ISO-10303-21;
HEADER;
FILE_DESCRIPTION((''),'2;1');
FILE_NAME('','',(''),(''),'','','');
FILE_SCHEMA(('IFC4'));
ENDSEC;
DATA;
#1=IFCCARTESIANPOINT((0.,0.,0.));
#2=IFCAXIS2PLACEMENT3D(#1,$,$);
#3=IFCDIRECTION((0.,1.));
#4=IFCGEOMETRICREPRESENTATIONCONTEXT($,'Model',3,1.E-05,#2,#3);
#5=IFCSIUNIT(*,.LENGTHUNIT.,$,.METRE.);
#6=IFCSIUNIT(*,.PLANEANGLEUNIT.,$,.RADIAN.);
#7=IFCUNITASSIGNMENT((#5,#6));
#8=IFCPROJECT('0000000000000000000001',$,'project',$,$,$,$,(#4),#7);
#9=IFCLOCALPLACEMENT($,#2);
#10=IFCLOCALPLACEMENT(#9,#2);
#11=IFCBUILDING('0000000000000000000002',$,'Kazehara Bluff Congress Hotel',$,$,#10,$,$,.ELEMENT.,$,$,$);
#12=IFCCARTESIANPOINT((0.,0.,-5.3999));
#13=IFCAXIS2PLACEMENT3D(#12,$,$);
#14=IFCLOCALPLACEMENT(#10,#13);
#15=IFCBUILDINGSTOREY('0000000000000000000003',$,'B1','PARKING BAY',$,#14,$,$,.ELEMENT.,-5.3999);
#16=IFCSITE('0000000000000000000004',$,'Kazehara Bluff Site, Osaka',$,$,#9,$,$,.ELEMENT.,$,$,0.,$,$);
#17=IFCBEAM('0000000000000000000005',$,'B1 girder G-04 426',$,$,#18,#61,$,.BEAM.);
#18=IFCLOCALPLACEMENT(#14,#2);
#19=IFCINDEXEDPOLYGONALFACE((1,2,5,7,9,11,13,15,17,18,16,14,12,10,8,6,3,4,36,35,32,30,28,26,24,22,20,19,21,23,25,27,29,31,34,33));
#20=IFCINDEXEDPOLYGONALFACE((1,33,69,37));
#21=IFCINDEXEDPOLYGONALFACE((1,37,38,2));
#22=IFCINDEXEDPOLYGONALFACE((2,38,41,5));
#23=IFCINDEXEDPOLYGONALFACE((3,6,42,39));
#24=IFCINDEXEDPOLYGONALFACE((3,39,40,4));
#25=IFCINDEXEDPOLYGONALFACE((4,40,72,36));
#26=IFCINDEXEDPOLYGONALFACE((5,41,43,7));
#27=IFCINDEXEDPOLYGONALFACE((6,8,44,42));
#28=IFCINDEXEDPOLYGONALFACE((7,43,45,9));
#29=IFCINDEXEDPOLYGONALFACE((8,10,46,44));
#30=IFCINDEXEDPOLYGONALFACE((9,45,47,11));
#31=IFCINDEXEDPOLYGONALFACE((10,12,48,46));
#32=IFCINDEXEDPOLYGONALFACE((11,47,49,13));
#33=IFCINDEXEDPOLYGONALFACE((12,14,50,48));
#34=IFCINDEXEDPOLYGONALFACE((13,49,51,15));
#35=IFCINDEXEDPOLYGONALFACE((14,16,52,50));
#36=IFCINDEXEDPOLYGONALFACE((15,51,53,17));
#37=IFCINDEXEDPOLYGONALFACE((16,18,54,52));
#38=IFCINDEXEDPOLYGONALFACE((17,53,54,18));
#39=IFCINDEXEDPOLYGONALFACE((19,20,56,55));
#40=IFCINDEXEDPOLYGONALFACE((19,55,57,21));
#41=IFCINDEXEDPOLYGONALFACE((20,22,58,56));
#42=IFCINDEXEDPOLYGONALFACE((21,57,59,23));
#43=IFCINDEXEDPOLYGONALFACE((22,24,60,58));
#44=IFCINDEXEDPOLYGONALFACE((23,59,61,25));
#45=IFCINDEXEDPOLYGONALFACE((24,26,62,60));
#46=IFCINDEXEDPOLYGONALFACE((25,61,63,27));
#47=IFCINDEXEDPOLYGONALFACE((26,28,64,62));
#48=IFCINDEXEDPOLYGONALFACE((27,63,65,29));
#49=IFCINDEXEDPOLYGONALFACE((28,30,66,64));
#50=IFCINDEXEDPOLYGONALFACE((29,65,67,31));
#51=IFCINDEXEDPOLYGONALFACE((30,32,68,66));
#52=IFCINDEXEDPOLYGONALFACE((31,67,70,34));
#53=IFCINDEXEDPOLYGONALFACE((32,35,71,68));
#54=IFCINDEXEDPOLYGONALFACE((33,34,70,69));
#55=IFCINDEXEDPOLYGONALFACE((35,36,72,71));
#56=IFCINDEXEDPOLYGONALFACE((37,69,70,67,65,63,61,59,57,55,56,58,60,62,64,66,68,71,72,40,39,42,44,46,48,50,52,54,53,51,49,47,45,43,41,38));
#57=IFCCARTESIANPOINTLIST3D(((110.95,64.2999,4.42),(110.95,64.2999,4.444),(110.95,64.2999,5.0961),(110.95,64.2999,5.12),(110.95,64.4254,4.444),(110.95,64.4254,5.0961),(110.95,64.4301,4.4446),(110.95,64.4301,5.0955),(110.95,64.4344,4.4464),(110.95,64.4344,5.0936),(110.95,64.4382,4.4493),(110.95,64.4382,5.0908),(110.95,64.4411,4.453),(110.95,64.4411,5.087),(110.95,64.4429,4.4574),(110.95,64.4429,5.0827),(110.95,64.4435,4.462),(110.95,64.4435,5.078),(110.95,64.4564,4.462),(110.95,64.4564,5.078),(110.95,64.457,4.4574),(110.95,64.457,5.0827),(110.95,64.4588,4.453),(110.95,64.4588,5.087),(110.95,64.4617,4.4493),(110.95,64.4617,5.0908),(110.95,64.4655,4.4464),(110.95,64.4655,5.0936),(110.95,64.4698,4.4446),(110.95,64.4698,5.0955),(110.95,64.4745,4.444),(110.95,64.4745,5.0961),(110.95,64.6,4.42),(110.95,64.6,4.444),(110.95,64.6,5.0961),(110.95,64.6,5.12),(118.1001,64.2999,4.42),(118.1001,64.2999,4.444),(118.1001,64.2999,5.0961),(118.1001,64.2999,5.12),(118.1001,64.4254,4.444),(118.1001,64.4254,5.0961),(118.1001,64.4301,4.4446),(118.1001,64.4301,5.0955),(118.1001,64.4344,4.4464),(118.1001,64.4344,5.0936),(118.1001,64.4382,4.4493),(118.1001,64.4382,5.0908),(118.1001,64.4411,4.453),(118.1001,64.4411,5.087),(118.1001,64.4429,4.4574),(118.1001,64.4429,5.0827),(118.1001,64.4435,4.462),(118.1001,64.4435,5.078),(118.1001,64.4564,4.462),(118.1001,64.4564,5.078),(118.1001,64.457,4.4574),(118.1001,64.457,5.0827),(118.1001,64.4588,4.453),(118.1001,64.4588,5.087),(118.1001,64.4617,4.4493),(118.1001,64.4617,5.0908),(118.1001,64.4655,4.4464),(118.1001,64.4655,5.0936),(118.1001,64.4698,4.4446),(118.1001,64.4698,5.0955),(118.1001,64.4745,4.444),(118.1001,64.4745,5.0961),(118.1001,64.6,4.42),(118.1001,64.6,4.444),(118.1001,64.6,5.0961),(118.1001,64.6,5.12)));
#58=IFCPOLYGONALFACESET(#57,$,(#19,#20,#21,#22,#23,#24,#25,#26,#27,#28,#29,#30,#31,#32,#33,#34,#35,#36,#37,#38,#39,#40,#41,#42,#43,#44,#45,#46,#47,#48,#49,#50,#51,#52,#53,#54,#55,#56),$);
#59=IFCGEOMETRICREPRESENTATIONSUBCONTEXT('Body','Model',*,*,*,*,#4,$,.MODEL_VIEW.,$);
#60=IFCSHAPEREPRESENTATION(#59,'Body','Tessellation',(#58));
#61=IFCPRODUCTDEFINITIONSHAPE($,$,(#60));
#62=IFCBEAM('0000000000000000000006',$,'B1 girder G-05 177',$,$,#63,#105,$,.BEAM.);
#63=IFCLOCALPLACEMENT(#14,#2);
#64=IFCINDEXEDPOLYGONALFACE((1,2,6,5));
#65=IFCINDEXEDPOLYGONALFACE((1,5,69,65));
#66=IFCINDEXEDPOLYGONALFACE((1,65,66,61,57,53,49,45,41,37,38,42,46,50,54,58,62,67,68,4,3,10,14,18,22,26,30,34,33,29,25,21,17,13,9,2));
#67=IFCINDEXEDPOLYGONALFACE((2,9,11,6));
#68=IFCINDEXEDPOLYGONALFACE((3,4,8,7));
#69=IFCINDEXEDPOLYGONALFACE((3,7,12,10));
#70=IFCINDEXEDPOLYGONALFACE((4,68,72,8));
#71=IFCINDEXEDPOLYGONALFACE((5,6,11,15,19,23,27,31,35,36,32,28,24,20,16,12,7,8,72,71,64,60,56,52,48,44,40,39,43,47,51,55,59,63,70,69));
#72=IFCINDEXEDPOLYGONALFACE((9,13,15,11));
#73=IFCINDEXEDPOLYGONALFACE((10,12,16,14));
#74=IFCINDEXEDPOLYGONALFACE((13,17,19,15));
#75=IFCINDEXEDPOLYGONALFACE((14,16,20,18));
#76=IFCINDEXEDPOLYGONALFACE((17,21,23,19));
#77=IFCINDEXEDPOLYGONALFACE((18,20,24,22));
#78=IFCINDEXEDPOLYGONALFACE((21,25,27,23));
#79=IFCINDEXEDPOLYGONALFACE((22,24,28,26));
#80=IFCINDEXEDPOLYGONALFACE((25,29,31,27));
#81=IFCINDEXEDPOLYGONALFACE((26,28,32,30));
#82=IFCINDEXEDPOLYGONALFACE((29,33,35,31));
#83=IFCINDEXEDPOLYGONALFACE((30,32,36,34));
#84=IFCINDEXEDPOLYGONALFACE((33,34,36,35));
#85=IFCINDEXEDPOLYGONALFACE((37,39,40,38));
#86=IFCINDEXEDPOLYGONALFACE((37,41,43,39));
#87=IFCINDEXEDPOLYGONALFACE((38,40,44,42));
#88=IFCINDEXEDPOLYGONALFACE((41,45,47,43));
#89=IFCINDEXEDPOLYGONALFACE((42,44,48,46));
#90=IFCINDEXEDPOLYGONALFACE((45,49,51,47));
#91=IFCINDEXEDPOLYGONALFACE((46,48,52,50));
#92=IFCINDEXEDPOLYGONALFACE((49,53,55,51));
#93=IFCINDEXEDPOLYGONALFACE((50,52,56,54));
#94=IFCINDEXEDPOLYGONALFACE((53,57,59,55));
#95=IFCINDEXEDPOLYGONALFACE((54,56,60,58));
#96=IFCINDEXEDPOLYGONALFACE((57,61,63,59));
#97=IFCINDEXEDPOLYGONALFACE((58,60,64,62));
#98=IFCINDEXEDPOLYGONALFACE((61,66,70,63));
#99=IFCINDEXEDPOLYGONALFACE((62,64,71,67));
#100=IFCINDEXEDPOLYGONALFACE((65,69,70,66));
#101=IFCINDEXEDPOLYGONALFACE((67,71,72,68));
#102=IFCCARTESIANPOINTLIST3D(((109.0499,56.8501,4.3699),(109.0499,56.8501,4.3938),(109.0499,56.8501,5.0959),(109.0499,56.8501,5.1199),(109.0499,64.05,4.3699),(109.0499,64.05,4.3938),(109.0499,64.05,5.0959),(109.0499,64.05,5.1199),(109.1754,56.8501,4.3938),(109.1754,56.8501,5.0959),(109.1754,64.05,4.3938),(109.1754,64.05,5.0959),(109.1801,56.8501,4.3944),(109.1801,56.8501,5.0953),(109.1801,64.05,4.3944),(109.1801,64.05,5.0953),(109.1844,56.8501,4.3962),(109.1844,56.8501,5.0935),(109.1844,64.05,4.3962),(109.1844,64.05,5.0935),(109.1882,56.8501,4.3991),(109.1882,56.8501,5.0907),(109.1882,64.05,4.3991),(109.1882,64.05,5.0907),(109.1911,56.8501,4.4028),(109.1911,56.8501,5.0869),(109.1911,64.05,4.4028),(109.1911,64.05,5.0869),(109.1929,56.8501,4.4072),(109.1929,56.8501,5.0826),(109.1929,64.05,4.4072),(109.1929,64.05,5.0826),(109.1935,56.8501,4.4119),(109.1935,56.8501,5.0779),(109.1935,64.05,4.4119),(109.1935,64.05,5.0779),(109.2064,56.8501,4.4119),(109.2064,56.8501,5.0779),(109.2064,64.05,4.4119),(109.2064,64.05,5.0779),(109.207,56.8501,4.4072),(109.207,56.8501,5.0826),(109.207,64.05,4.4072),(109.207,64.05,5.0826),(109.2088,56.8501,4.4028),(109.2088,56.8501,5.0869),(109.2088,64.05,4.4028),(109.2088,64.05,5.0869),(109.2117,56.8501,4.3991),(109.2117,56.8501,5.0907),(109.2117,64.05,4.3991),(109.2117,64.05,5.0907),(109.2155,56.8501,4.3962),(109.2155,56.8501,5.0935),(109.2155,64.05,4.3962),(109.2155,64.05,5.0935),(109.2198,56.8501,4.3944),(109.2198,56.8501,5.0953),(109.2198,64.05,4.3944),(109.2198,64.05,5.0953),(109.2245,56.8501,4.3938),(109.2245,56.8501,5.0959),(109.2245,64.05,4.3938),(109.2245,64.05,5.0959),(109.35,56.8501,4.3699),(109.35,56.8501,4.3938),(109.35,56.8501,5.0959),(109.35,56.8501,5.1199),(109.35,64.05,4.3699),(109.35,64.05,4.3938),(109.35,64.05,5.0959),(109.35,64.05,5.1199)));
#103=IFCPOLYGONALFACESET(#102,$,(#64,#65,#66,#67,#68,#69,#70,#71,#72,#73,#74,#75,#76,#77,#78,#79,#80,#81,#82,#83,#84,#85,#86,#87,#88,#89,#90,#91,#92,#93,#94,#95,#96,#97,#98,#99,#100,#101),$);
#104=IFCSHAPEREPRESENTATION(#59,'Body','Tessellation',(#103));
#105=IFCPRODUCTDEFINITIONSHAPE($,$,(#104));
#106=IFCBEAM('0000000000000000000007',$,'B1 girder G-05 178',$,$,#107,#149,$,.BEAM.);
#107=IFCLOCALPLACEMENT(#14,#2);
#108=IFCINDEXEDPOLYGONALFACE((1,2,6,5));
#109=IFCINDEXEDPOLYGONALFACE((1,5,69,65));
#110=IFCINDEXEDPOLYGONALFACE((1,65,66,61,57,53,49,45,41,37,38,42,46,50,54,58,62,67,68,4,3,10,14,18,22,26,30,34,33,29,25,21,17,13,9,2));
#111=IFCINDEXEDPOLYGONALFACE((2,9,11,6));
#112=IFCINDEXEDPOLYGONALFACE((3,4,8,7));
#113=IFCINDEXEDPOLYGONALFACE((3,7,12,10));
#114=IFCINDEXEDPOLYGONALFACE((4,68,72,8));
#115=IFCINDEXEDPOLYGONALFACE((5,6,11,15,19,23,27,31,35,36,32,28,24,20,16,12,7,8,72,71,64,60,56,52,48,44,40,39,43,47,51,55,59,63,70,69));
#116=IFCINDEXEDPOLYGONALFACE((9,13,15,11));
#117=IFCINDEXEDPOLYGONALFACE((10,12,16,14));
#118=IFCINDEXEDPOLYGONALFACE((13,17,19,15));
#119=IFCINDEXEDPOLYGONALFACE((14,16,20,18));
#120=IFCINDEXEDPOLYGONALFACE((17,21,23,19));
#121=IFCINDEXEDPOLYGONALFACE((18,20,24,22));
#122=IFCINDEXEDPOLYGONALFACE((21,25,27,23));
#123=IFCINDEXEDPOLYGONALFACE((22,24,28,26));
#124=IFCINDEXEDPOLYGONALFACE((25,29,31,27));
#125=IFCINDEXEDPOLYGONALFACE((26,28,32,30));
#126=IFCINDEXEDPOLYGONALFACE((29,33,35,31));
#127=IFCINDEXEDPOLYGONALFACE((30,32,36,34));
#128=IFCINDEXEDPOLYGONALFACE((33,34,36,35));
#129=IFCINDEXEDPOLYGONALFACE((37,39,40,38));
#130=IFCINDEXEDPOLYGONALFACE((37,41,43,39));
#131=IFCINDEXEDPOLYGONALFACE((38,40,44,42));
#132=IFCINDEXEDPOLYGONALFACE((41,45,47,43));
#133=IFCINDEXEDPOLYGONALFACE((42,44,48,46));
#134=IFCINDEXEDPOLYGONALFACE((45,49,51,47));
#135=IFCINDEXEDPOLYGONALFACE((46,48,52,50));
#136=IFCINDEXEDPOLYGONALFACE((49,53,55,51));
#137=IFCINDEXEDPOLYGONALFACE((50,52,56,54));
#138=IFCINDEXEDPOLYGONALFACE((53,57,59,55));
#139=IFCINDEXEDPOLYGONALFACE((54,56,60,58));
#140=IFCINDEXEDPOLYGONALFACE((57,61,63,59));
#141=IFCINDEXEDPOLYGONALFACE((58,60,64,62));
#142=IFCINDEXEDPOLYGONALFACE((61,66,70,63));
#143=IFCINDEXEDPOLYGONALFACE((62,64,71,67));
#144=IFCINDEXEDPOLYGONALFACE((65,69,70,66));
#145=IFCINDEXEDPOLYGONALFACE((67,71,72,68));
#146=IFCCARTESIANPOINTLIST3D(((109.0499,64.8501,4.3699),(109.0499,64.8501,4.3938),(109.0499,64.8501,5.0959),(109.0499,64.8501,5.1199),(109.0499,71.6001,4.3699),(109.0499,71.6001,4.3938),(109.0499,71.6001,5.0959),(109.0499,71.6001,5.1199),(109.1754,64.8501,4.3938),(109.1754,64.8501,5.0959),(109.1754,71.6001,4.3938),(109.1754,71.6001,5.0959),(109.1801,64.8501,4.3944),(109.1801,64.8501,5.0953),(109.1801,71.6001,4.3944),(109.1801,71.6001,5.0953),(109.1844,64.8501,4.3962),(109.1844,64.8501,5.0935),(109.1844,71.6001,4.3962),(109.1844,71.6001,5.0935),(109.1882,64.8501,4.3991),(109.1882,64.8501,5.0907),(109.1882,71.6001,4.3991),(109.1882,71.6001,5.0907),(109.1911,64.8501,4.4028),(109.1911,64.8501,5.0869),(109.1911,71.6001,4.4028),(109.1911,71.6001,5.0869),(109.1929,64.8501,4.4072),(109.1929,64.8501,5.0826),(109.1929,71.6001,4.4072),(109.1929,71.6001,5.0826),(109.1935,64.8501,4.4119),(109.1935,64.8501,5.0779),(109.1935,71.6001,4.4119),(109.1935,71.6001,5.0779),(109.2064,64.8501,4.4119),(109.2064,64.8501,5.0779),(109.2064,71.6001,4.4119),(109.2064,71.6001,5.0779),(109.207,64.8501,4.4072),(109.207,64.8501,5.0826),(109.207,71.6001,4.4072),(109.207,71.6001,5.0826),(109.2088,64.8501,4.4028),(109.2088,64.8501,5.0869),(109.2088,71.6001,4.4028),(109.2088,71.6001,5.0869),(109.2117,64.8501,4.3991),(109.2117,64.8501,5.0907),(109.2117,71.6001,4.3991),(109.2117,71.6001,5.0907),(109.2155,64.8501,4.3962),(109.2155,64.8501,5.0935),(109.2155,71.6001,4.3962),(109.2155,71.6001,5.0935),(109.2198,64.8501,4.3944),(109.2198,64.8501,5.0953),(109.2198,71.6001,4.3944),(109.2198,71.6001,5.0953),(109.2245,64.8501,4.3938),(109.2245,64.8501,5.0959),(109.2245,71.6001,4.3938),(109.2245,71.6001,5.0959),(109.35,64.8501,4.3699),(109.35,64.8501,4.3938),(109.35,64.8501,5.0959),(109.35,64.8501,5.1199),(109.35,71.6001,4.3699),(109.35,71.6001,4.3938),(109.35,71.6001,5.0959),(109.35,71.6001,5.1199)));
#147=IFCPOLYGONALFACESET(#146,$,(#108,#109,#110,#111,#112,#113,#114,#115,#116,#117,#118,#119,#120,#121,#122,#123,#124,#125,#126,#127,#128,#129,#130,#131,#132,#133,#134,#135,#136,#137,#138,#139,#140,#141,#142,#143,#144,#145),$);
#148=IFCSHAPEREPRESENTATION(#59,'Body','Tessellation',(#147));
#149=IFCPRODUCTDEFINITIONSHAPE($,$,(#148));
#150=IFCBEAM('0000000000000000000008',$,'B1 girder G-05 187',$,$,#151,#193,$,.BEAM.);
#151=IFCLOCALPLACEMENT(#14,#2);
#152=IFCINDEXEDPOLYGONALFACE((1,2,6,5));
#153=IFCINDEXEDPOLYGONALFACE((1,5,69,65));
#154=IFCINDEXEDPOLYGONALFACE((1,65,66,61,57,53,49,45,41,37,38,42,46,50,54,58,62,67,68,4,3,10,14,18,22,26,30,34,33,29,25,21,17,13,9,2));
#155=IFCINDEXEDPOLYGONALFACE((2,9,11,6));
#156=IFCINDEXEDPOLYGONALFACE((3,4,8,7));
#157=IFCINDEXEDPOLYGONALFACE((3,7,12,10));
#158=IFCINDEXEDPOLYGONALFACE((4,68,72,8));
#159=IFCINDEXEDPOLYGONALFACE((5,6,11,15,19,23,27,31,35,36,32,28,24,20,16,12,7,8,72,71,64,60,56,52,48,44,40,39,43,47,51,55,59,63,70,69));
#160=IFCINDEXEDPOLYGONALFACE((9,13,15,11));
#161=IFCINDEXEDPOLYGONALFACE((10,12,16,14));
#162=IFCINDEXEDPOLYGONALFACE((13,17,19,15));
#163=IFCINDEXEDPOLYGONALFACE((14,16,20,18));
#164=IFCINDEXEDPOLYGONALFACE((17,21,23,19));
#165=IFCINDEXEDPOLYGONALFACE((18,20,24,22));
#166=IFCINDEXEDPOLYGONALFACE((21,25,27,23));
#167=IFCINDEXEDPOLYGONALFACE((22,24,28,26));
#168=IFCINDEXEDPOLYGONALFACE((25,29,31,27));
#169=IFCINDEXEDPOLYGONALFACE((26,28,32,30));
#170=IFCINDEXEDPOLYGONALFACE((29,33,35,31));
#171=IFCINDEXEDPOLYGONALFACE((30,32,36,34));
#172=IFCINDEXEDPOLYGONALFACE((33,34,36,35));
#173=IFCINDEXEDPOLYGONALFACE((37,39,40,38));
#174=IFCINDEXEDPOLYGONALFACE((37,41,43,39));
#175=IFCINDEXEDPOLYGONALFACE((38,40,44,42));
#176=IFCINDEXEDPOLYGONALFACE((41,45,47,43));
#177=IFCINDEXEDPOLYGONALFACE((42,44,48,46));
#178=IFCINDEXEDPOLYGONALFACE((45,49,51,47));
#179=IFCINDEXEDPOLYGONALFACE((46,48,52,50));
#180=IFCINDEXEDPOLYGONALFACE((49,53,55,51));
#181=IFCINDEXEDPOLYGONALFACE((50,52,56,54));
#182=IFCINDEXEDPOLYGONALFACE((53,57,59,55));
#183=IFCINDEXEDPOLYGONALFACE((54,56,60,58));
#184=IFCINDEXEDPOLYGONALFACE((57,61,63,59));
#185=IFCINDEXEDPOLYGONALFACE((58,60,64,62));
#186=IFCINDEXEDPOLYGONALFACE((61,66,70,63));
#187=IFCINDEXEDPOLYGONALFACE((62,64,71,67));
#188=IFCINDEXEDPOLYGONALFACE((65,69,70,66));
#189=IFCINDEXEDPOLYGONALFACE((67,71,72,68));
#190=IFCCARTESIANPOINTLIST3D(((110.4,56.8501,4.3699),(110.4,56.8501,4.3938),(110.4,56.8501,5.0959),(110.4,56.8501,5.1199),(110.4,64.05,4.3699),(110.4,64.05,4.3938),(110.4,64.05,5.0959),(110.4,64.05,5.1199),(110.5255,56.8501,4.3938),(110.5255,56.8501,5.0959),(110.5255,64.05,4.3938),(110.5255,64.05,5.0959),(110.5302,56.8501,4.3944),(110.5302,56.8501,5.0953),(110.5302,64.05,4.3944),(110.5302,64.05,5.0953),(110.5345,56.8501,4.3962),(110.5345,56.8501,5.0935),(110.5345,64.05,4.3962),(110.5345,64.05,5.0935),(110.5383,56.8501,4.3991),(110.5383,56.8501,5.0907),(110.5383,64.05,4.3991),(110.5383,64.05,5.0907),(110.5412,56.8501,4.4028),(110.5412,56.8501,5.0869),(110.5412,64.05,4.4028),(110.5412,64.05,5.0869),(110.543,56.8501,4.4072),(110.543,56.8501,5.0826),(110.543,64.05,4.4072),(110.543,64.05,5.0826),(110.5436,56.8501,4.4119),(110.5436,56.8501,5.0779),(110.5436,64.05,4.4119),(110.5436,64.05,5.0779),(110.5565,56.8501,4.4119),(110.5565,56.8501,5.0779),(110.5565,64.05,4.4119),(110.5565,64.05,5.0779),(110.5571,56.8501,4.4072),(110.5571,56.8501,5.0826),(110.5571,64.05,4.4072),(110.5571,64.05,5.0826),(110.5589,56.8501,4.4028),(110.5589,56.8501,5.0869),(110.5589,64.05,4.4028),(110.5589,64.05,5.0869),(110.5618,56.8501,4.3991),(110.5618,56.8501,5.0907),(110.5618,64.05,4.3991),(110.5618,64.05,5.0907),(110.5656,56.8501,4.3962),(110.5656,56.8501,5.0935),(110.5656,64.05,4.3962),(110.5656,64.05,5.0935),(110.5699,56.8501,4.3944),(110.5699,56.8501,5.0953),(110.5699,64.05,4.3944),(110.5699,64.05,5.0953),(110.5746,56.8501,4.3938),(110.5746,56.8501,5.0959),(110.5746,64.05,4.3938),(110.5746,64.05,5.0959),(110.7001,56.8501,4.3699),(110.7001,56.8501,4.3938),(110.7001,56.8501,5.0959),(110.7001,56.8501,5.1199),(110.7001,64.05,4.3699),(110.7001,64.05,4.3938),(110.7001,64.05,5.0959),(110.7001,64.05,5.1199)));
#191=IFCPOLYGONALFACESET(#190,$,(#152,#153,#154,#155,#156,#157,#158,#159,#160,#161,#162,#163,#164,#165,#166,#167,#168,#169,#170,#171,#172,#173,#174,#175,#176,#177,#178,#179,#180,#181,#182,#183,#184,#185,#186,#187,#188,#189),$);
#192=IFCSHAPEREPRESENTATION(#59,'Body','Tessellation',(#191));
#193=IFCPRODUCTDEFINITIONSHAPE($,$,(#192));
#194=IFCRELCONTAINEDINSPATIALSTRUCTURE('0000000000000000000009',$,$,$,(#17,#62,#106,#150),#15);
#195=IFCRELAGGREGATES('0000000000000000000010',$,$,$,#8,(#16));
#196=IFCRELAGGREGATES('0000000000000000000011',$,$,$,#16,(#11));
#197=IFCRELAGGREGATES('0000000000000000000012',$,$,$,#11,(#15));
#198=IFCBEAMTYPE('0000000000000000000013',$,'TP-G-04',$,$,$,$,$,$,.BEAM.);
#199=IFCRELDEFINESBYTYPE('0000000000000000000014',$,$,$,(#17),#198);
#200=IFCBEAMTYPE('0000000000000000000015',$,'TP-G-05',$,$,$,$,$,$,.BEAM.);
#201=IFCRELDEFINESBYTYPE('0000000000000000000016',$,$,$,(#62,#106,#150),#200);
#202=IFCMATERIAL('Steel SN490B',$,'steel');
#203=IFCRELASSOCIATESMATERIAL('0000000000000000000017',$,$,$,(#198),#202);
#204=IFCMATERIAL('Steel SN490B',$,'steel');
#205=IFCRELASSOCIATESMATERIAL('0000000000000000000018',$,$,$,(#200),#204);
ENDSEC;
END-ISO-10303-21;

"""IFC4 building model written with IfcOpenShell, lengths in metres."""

from ifc_helpers import new_model, si_unit, direction, frame, origin, origin_2d, place, context, subcontext, project, spatial, i_section, extrude, material, material_profile, profile_set, type_object, element, save


model = new_model("IFC4")

# Units and contexts
model_context = context("Model", 3, precision=1e-05, world=origin(), true_north=direction((0.0, 1.0)))
body_context = subcontext(model_context, "Body", "Model", "MODEL_VIEW")
ifc_project = project(units=[si_unit("LENGTHUNIT", "METRE"), si_unit("PLANEANGLEUNIT", "RADIAN")], contexts=[model_context])

# Site, building, storey
site_placement = place(None, origin())
site = spatial("IfcSite", under=ifc_project, at=site_placement, Name="Kazehara Bluff Site, Osaka", CompositionType="ELEMENT", RefElevation=0.0)
building_placement = place(site_placement, origin())
building = spatial("IfcBuilding", under=site, at=building_placement, Name="Kazehara Bluff Congress Hotel", CompositionType="ELEMENT")
storey_placement = place(building_placement, frame((0.0, 0.0, -5.3999)))
storey = spatial("IfcBuildingStorey", under=building, at=storey_placement, Name="B1", Description="PARKING BAY", CompositionType="ELEMENT", Elevation=-5.3999)

# Beams
ifc_material_1 = material(Name="Steel SN490B", Category="steel")
ifc_material_profile_1 = material_profile(ifc_material_1, i_section(OverallWidth=0.3, OverallDepth=0.7, WebThickness=0.0129, FlangeThickness=0.0239, FilletRadius=0.0181, at=origin_2d()))
ifc_profile_set_1 = profile_set([ifc_material_profile_1], Name="Steel SN490B")
beam_type_1 = type_object("IfcBeamType", Name="TP-G-04", PredefinedType="BEAM", material=ifc_profile_set_1)
beam_1_placement = place(storey_placement, frame((110.95, 64.45, 4.77), z_axis=(1.0, 0.0, 0.0), x_axis=(0.0, 1.0, 0.0)))
element("IfcBeam", 1, at=beam_1_placement, inside=storey, type_object=beam_type_1, Name="B1 girder G-04 426", PredefinedType="BEAM", context=body_context, shape_type="SweptSolid", body=[
    extrude(i_section(OverallWidth=0.3, OverallDepth=0.7, WebThickness=0.0129, FlangeThickness=0.0239, FilletRadius=0.0181, at=origin_2d()), origin(), (0.0, 0.0, 1.0), 7.1501),
])
ifc_material_2 = material(Name="Steel SN490B", Category="steel")
ifc_material_profile_2 = material_profile(ifc_material_2, i_section(OverallWidth=0.3, OverallDepth=0.75, WebThickness=0.0129, FlangeThickness=0.0239, FilletRadius=0.0181, at=origin_2d()))
ifc_profile_set_2 = profile_set([ifc_material_profile_2], Name="Steel SN490B")
beam_type_2 = type_object("IfcBeamType", Name="TP-G-05", PredefinedType="BEAM", material=ifc_profile_set_2)
beam_2_placement = place(storey_placement, frame((109.2, 56.8501, 4.7449), z_axis=(0.0, 1.0, 0.0), x_axis=(-1.0, 0.0, 0.0)))
element("IfcBeam", 2, at=beam_2_placement, inside=storey, type_object=beam_type_2, Name="B1 girder G-05 177", PredefinedType="BEAM", context=body_context, shape_type="SweptSolid", body=[
    extrude(i_section(OverallWidth=0.3, OverallDepth=0.75, WebThickness=0.0129, FlangeThickness=0.0239, FilletRadius=0.0181, at=origin_2d()), origin(), (0.0, 0.0, 1.0), 7.2),
])
beam_3_placement = place(storey_placement, frame((109.2, 64.8501, 4.7449), z_axis=(0.0, 1.0, 0.0), x_axis=(-1.0, 0.0, 0.0)))
element("IfcBeam", 3, at=beam_3_placement, inside=storey, type_object=beam_type_2, Name="B1 girder G-05 178", PredefinedType="BEAM", context=body_context, shape_type="SweptSolid", body=[
    extrude(i_section(OverallWidth=0.3, OverallDepth=0.75, WebThickness=0.0129, FlangeThickness=0.0239, FilletRadius=0.0181, at=origin_2d()), origin(), (0.0, 0.0, 1.0), 6.75),
])
beam_4_placement = place(storey_placement, frame((110.55, 56.8501, 4.7449), z_axis=(0.0, 1.0, 0.0), x_axis=(-1.0, 0.0, 0.0)))
element("IfcBeam", 4, at=beam_4_placement, inside=storey, type_object=beam_type_2, Name="B1 girder G-05 187", PredefinedType="BEAM", context=body_context, shape_type="SweptSolid", body=[
    extrude(i_section(OverallWidth=0.3, OverallDepth=0.75, WebThickness=0.0129, FlangeThickness=0.0239, FilletRadius=0.0181, at=origin_2d()), origin(), (0.0, 0.0, 1.0), 7.2),
])

save(model, "model.ifc")
